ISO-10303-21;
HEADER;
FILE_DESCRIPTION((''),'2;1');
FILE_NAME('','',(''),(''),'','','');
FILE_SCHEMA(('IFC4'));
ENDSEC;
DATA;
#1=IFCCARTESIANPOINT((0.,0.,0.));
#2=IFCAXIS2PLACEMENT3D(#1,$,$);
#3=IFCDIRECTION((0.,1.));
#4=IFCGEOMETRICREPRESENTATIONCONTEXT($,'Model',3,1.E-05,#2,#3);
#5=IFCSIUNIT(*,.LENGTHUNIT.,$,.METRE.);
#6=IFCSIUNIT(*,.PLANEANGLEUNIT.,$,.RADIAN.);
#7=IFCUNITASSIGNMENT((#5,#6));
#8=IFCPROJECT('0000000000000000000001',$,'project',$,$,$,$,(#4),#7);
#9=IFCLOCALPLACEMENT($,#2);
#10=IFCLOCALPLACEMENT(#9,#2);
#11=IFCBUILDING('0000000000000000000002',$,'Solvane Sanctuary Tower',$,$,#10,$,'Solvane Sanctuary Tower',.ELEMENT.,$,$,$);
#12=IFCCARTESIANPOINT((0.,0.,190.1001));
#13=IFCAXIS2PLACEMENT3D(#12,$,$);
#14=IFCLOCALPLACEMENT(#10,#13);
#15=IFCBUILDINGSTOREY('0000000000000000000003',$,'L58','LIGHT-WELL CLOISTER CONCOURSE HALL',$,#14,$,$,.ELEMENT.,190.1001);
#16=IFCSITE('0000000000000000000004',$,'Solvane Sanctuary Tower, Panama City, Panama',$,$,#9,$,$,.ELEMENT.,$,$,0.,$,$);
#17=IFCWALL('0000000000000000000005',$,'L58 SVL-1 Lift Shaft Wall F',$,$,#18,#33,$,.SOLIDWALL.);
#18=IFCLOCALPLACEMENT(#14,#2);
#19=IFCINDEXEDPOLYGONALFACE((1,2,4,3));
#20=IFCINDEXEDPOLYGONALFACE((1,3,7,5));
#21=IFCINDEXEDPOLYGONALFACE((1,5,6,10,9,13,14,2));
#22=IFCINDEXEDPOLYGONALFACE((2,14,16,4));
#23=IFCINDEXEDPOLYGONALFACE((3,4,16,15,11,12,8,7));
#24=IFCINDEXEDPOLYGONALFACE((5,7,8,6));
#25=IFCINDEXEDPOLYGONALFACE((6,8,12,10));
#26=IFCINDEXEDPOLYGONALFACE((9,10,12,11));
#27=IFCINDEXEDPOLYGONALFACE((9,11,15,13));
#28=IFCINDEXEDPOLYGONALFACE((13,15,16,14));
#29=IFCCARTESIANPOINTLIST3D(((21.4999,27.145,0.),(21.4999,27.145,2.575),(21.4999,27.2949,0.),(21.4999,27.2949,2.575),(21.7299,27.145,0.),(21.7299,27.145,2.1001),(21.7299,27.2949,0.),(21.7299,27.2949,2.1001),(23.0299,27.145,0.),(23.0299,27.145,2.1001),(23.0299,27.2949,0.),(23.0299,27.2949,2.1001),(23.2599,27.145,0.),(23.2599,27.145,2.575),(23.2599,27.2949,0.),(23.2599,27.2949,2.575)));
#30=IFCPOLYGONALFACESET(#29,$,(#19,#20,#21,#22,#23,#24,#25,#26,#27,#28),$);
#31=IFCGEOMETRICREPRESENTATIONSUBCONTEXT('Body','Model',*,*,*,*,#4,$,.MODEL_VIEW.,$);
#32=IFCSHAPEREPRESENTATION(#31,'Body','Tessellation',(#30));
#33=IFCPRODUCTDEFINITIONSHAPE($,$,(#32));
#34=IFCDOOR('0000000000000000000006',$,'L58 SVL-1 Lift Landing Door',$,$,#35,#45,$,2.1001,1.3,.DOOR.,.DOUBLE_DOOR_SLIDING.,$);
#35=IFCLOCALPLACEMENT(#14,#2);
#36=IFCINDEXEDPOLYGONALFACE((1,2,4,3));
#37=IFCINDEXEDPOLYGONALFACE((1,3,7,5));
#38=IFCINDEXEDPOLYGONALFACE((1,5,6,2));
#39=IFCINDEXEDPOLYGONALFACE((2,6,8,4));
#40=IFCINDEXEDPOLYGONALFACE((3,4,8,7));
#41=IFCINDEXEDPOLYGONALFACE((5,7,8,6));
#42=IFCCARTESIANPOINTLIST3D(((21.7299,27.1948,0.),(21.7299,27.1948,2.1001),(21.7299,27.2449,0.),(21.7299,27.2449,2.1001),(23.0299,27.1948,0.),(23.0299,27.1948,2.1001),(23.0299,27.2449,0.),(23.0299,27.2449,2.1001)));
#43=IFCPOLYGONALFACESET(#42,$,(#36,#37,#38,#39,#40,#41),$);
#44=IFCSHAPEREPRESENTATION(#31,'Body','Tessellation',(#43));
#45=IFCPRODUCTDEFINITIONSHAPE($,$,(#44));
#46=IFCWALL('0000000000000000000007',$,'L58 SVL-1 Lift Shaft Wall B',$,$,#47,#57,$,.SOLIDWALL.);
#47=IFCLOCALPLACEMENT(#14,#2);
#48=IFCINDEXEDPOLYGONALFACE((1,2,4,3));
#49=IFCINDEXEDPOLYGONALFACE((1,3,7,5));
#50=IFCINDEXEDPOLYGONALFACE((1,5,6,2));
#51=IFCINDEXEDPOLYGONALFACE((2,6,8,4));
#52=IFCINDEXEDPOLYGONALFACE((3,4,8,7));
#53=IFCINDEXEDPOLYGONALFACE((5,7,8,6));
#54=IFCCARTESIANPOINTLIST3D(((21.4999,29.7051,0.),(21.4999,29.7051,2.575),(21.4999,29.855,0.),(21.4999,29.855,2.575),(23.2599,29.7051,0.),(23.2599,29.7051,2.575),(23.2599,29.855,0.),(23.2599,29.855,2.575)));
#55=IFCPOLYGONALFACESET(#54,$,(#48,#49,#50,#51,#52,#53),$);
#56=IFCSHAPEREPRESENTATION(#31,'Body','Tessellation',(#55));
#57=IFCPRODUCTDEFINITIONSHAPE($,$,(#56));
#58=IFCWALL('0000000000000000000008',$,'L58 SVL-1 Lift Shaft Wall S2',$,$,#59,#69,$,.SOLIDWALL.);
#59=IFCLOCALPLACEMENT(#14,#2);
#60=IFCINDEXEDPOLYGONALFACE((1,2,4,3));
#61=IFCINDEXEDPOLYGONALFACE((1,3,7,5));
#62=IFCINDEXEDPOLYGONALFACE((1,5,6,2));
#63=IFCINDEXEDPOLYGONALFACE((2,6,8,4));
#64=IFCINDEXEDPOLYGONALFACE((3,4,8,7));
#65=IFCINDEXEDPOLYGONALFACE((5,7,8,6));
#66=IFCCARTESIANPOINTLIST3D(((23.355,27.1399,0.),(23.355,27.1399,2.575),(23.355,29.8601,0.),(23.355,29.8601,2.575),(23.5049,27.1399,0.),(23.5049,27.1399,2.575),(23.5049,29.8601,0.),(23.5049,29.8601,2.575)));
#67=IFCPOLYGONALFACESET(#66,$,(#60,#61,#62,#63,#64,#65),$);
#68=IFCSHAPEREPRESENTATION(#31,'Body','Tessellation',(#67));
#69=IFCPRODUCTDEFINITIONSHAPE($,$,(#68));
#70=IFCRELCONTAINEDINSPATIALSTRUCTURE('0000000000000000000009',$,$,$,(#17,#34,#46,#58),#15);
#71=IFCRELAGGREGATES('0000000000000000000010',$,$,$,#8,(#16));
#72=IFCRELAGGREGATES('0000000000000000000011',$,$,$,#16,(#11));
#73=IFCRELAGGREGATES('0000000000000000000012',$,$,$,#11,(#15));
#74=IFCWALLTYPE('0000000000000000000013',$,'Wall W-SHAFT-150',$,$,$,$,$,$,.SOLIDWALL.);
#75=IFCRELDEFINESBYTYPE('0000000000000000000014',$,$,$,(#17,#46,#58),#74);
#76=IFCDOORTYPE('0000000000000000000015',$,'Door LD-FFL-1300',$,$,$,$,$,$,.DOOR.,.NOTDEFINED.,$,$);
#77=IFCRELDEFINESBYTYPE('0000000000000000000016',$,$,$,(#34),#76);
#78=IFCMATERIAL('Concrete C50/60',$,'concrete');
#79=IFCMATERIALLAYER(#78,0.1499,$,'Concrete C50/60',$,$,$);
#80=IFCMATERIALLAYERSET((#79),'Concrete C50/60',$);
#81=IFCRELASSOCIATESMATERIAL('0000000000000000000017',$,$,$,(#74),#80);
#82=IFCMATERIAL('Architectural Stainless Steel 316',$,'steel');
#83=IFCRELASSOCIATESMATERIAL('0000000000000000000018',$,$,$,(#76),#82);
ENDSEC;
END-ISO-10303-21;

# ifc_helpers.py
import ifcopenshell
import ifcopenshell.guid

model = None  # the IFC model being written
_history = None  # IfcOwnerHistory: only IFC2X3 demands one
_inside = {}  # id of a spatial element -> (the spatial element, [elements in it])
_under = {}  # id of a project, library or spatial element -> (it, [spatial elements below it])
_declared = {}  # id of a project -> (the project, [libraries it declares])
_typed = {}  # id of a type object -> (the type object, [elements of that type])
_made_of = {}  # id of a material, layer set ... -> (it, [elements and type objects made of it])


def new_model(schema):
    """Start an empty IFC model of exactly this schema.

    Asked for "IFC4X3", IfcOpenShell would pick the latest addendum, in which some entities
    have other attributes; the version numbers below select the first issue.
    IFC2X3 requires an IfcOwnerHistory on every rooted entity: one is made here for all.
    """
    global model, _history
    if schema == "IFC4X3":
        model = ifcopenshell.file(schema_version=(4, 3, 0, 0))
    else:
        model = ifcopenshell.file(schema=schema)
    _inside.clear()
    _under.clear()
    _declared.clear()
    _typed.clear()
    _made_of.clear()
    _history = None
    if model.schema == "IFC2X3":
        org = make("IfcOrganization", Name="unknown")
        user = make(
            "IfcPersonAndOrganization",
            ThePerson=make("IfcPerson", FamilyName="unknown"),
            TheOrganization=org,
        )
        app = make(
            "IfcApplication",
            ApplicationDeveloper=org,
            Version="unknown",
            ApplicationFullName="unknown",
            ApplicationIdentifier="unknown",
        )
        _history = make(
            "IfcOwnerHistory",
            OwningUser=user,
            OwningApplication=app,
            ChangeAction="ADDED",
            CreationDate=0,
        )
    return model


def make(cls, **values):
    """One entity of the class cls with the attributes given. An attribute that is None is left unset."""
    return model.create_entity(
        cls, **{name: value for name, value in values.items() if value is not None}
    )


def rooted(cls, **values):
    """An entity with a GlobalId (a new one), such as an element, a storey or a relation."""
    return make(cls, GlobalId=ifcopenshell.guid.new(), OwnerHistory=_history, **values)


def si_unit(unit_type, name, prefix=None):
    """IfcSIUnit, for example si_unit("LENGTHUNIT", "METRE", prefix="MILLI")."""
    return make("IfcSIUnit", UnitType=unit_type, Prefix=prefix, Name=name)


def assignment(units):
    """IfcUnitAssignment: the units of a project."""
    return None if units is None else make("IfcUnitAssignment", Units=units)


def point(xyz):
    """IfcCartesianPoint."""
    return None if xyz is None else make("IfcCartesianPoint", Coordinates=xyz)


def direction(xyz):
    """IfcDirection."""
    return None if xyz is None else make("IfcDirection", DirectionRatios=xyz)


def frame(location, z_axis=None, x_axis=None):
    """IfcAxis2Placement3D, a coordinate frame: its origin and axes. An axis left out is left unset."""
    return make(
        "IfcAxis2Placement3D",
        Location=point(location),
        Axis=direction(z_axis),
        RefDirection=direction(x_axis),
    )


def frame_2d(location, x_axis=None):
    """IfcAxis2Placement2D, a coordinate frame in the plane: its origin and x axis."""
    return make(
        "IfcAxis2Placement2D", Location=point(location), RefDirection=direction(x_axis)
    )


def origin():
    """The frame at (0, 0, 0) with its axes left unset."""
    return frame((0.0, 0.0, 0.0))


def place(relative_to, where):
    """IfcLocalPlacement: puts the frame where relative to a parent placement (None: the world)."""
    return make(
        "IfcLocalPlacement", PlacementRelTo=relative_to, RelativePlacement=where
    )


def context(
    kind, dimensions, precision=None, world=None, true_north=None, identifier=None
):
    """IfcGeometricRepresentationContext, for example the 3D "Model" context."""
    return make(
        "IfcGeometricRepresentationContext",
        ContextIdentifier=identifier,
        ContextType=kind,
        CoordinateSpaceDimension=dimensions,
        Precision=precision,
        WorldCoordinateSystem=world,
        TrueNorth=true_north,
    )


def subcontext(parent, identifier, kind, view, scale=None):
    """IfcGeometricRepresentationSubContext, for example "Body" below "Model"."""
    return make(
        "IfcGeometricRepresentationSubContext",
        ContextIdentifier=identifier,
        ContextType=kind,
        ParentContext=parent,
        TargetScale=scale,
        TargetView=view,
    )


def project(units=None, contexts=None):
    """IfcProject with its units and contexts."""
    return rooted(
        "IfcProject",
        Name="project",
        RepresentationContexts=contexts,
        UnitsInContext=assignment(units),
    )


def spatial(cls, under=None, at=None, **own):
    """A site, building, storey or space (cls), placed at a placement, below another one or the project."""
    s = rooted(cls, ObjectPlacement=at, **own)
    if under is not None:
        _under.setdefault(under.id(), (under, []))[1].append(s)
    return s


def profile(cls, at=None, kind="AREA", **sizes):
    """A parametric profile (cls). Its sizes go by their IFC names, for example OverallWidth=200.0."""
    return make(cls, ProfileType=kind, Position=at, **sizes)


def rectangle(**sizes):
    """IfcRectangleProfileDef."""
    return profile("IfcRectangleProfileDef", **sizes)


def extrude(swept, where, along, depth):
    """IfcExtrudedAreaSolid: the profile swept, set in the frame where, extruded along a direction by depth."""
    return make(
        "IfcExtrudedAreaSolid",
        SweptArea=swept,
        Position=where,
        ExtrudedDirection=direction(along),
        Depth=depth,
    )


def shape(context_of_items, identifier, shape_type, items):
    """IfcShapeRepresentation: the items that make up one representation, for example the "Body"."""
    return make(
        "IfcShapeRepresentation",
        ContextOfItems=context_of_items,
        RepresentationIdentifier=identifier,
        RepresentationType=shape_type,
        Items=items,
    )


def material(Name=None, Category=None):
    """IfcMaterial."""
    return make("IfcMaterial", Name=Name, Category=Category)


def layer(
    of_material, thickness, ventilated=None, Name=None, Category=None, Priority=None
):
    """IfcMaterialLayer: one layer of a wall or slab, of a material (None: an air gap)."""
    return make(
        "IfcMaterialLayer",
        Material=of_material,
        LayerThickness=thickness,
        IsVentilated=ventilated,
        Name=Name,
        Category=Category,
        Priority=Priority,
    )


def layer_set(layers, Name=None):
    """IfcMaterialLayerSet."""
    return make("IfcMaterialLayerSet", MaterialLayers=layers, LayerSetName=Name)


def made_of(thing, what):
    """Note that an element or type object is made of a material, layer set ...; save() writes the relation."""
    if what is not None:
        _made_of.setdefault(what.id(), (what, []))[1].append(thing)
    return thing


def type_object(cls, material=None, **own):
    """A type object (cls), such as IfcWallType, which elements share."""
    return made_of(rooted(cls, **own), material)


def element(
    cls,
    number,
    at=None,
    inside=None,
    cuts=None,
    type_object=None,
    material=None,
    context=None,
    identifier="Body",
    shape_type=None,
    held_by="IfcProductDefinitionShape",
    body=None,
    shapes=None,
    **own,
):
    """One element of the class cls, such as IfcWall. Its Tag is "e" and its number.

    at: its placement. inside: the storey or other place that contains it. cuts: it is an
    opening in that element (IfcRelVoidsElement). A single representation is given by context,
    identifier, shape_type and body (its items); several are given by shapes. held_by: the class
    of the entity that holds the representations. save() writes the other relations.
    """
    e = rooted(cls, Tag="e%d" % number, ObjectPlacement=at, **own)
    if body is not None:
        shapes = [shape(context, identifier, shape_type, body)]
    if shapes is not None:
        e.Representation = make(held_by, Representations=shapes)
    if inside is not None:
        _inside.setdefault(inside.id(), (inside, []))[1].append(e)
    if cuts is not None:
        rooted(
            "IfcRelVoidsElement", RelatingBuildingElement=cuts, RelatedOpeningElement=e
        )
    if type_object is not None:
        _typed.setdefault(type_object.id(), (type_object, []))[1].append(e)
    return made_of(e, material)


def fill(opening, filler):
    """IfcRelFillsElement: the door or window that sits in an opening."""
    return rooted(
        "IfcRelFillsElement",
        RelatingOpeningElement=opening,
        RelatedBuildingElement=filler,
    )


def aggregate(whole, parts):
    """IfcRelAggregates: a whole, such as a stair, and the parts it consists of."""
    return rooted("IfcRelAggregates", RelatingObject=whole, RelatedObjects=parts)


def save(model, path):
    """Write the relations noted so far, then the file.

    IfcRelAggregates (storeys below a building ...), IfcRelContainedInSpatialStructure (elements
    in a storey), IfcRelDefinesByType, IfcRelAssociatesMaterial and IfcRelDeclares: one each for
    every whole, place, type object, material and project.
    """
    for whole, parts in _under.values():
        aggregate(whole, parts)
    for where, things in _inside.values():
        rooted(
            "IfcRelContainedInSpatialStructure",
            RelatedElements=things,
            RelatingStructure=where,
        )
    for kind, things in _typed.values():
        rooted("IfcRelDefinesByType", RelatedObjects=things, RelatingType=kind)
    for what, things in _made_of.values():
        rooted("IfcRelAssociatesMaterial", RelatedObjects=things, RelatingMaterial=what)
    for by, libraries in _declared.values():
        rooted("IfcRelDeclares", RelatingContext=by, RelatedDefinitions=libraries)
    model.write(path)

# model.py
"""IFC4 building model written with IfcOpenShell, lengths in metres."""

from ifc_helpers import new_model, si_unit, direction, frame, frame_2d, origin, place, context, subcontext, project, spatial, rectangle, extrude, material, layer, layer_set, type_object, element, fill, save


model = new_model("IFC4")

# Units and contexts
model_context = context("Model", 3, precision=1e-05, world=origin(), true_north=direction((0.0, 1.0)))
body_context = subcontext(model_context, "Body", "Model", "MODEL_VIEW")
ifc_project = project(units=[si_unit("LENGTHUNIT", "METRE"), si_unit("PLANEANGLEUNIT", "RADIAN")], contexts=[model_context])

# Site, building, storey
site_placement = place(None, origin())
site = spatial("IfcSite", under=ifc_project, at=site_placement, Name="Solvane Sanctuary Tower, Panama City, Panama", CompositionType="ELEMENT", RefElevation=0.0)
building_placement = place(site_placement, origin())
building = spatial("IfcBuilding", under=site, at=building_placement, Name="Solvane Sanctuary Tower", LongName="Solvane Sanctuary Tower", CompositionType="ELEMENT")
storey_placement = place(building_placement, frame((0.0, 0.0, 190.1001)))
storey = spatial("IfcBuildingStorey", under=building, at=storey_placement, Name="L58", Description="LIGHT-WELL CLOISTER CONCOURSE HALL", CompositionType="ELEMENT", Elevation=190.1001)

# Shared definitions
ifc_material_1 = material(Name="Concrete C50/60", Category="concrete")

# Shared definitions
ifc_material_2 = material(Name="Architectural Stainless Steel 316", Category="steel")

# Shared definitions
ifc_layer_1 = layer(ifc_material_1, 0.1499, Name="Concrete C50/60")
ifc_layer_set_1 = layer_set([ifc_layer_1], Name="Concrete C50/60")
wall_type_1 = type_object("IfcWallType", Name="Wall W-SHAFT-150", PredefinedType="SOLIDWALL", material=ifc_layer_set_1)

# Wall, opening, door
wall_1_placement = place(storey_placement, frame((21.5, 27.22, 0.0), z_axis=(0.0, 0.0, 1.0), x_axis=(1.0, 0.0, 0.0)))
wall_1 = element("IfcWall", 1, at=wall_1_placement, inside=storey, type_object=wall_type_1, Name="L58 SVL-1 Lift Shaft Wall F", PredefinedType="SOLIDWALL", context=body_context, shape_type="SweptSolid", body=[
    extrude(rectangle(XDim=1.76, YDim=0.1499, at=frame_2d((0.8799, 0.0))), origin(), (0.0, 0.0, 1.0), 2.575),
])
opening_1_placement = place(wall_1_placement, frame((0.23, 0.0, 0.0)))
opening_1 = element("IfcOpeningElement", 2, at=opening_1_placement, cuts=wall_1, PredefinedType="OPENING", context=body_context, shape_type="SweptSolid", body=[
    extrude(rectangle(XDim=1.3, YDim=2.1001, at=frame_2d((0.6499, 1.05))), frame((0.0, 0.085, 0.0), z_axis=(0.0, -1.0, 0.0), x_axis=(1.0, 0.0, 0.0)), (0.0, 0.0, 1.0), 0.1699),
])
door_type_1 = type_object("IfcDoorType", Name="Door LD-FFL-1300", OperationType="NOTDEFINED", PredefinedType="DOOR", material=ifc_material_2)
door_1_placement = place(opening_1_placement, origin())
door_1 = element("IfcDoor", 3, at=door_1_placement, inside=storey, type_object=door_type_1, Name="L58 SVL-1 Lift Landing Door", OperationType="DOUBLE_DOOR_SLIDING", OverallHeight=2.1001, OverallWidth=1.3, PredefinedType="DOOR", context=body_context, shape_type="SweptSolid", body=[
    extrude(rectangle(XDim=1.3, YDim=2.1001, at=frame_2d((0.6499, 1.05))), frame((0.0, 0.0249, 0.0), z_axis=(0.0, -1.0, 0.0), x_axis=(1.0, 0.0, 0.0)), (0.0, 0.0, 1.0), 0.05),
])
fill(opening_1, door_1)

# Walls
wall_2_placement = place(storey_placement, frame((21.5, 29.78, 0.0), z_axis=(0.0, 0.0, 1.0), x_axis=(1.0, 0.0, 0.0)))
element("IfcWall", 4, at=wall_2_placement, inside=storey, type_object=wall_type_1, Name="L58 SVL-1 Lift Shaft Wall B", PredefinedType="SOLIDWALL", context=body_context, shape_type="SweptSolid", body=[
    extrude(rectangle(XDim=1.76, YDim=0.1499, at=frame_2d((0.8799, 0.0))), origin(), (0.0, 0.0, 1.0), 2.575),
])
wall_3_placement = place(storey_placement, frame((23.4299, 27.1399, 0.0), z_axis=(0.0, 0.0, 1.0), x_axis=(0.0, 1.0, 0.0)))
element("IfcWall", 5, at=wall_3_placement, inside=storey, type_object=wall_type_1, Name="L58 SVL-1 Lift Shaft Wall S2", PredefinedType="SOLIDWALL", context=body_context, shape_type="SweptSolid", body=[
    extrude(rectangle(XDim=2.7202, YDim=0.1499, at=frame_2d((1.3601, 0.0))), origin(), (0.0, 0.0, 1.0), 2.575),
])

save(model, "model.ifc")
